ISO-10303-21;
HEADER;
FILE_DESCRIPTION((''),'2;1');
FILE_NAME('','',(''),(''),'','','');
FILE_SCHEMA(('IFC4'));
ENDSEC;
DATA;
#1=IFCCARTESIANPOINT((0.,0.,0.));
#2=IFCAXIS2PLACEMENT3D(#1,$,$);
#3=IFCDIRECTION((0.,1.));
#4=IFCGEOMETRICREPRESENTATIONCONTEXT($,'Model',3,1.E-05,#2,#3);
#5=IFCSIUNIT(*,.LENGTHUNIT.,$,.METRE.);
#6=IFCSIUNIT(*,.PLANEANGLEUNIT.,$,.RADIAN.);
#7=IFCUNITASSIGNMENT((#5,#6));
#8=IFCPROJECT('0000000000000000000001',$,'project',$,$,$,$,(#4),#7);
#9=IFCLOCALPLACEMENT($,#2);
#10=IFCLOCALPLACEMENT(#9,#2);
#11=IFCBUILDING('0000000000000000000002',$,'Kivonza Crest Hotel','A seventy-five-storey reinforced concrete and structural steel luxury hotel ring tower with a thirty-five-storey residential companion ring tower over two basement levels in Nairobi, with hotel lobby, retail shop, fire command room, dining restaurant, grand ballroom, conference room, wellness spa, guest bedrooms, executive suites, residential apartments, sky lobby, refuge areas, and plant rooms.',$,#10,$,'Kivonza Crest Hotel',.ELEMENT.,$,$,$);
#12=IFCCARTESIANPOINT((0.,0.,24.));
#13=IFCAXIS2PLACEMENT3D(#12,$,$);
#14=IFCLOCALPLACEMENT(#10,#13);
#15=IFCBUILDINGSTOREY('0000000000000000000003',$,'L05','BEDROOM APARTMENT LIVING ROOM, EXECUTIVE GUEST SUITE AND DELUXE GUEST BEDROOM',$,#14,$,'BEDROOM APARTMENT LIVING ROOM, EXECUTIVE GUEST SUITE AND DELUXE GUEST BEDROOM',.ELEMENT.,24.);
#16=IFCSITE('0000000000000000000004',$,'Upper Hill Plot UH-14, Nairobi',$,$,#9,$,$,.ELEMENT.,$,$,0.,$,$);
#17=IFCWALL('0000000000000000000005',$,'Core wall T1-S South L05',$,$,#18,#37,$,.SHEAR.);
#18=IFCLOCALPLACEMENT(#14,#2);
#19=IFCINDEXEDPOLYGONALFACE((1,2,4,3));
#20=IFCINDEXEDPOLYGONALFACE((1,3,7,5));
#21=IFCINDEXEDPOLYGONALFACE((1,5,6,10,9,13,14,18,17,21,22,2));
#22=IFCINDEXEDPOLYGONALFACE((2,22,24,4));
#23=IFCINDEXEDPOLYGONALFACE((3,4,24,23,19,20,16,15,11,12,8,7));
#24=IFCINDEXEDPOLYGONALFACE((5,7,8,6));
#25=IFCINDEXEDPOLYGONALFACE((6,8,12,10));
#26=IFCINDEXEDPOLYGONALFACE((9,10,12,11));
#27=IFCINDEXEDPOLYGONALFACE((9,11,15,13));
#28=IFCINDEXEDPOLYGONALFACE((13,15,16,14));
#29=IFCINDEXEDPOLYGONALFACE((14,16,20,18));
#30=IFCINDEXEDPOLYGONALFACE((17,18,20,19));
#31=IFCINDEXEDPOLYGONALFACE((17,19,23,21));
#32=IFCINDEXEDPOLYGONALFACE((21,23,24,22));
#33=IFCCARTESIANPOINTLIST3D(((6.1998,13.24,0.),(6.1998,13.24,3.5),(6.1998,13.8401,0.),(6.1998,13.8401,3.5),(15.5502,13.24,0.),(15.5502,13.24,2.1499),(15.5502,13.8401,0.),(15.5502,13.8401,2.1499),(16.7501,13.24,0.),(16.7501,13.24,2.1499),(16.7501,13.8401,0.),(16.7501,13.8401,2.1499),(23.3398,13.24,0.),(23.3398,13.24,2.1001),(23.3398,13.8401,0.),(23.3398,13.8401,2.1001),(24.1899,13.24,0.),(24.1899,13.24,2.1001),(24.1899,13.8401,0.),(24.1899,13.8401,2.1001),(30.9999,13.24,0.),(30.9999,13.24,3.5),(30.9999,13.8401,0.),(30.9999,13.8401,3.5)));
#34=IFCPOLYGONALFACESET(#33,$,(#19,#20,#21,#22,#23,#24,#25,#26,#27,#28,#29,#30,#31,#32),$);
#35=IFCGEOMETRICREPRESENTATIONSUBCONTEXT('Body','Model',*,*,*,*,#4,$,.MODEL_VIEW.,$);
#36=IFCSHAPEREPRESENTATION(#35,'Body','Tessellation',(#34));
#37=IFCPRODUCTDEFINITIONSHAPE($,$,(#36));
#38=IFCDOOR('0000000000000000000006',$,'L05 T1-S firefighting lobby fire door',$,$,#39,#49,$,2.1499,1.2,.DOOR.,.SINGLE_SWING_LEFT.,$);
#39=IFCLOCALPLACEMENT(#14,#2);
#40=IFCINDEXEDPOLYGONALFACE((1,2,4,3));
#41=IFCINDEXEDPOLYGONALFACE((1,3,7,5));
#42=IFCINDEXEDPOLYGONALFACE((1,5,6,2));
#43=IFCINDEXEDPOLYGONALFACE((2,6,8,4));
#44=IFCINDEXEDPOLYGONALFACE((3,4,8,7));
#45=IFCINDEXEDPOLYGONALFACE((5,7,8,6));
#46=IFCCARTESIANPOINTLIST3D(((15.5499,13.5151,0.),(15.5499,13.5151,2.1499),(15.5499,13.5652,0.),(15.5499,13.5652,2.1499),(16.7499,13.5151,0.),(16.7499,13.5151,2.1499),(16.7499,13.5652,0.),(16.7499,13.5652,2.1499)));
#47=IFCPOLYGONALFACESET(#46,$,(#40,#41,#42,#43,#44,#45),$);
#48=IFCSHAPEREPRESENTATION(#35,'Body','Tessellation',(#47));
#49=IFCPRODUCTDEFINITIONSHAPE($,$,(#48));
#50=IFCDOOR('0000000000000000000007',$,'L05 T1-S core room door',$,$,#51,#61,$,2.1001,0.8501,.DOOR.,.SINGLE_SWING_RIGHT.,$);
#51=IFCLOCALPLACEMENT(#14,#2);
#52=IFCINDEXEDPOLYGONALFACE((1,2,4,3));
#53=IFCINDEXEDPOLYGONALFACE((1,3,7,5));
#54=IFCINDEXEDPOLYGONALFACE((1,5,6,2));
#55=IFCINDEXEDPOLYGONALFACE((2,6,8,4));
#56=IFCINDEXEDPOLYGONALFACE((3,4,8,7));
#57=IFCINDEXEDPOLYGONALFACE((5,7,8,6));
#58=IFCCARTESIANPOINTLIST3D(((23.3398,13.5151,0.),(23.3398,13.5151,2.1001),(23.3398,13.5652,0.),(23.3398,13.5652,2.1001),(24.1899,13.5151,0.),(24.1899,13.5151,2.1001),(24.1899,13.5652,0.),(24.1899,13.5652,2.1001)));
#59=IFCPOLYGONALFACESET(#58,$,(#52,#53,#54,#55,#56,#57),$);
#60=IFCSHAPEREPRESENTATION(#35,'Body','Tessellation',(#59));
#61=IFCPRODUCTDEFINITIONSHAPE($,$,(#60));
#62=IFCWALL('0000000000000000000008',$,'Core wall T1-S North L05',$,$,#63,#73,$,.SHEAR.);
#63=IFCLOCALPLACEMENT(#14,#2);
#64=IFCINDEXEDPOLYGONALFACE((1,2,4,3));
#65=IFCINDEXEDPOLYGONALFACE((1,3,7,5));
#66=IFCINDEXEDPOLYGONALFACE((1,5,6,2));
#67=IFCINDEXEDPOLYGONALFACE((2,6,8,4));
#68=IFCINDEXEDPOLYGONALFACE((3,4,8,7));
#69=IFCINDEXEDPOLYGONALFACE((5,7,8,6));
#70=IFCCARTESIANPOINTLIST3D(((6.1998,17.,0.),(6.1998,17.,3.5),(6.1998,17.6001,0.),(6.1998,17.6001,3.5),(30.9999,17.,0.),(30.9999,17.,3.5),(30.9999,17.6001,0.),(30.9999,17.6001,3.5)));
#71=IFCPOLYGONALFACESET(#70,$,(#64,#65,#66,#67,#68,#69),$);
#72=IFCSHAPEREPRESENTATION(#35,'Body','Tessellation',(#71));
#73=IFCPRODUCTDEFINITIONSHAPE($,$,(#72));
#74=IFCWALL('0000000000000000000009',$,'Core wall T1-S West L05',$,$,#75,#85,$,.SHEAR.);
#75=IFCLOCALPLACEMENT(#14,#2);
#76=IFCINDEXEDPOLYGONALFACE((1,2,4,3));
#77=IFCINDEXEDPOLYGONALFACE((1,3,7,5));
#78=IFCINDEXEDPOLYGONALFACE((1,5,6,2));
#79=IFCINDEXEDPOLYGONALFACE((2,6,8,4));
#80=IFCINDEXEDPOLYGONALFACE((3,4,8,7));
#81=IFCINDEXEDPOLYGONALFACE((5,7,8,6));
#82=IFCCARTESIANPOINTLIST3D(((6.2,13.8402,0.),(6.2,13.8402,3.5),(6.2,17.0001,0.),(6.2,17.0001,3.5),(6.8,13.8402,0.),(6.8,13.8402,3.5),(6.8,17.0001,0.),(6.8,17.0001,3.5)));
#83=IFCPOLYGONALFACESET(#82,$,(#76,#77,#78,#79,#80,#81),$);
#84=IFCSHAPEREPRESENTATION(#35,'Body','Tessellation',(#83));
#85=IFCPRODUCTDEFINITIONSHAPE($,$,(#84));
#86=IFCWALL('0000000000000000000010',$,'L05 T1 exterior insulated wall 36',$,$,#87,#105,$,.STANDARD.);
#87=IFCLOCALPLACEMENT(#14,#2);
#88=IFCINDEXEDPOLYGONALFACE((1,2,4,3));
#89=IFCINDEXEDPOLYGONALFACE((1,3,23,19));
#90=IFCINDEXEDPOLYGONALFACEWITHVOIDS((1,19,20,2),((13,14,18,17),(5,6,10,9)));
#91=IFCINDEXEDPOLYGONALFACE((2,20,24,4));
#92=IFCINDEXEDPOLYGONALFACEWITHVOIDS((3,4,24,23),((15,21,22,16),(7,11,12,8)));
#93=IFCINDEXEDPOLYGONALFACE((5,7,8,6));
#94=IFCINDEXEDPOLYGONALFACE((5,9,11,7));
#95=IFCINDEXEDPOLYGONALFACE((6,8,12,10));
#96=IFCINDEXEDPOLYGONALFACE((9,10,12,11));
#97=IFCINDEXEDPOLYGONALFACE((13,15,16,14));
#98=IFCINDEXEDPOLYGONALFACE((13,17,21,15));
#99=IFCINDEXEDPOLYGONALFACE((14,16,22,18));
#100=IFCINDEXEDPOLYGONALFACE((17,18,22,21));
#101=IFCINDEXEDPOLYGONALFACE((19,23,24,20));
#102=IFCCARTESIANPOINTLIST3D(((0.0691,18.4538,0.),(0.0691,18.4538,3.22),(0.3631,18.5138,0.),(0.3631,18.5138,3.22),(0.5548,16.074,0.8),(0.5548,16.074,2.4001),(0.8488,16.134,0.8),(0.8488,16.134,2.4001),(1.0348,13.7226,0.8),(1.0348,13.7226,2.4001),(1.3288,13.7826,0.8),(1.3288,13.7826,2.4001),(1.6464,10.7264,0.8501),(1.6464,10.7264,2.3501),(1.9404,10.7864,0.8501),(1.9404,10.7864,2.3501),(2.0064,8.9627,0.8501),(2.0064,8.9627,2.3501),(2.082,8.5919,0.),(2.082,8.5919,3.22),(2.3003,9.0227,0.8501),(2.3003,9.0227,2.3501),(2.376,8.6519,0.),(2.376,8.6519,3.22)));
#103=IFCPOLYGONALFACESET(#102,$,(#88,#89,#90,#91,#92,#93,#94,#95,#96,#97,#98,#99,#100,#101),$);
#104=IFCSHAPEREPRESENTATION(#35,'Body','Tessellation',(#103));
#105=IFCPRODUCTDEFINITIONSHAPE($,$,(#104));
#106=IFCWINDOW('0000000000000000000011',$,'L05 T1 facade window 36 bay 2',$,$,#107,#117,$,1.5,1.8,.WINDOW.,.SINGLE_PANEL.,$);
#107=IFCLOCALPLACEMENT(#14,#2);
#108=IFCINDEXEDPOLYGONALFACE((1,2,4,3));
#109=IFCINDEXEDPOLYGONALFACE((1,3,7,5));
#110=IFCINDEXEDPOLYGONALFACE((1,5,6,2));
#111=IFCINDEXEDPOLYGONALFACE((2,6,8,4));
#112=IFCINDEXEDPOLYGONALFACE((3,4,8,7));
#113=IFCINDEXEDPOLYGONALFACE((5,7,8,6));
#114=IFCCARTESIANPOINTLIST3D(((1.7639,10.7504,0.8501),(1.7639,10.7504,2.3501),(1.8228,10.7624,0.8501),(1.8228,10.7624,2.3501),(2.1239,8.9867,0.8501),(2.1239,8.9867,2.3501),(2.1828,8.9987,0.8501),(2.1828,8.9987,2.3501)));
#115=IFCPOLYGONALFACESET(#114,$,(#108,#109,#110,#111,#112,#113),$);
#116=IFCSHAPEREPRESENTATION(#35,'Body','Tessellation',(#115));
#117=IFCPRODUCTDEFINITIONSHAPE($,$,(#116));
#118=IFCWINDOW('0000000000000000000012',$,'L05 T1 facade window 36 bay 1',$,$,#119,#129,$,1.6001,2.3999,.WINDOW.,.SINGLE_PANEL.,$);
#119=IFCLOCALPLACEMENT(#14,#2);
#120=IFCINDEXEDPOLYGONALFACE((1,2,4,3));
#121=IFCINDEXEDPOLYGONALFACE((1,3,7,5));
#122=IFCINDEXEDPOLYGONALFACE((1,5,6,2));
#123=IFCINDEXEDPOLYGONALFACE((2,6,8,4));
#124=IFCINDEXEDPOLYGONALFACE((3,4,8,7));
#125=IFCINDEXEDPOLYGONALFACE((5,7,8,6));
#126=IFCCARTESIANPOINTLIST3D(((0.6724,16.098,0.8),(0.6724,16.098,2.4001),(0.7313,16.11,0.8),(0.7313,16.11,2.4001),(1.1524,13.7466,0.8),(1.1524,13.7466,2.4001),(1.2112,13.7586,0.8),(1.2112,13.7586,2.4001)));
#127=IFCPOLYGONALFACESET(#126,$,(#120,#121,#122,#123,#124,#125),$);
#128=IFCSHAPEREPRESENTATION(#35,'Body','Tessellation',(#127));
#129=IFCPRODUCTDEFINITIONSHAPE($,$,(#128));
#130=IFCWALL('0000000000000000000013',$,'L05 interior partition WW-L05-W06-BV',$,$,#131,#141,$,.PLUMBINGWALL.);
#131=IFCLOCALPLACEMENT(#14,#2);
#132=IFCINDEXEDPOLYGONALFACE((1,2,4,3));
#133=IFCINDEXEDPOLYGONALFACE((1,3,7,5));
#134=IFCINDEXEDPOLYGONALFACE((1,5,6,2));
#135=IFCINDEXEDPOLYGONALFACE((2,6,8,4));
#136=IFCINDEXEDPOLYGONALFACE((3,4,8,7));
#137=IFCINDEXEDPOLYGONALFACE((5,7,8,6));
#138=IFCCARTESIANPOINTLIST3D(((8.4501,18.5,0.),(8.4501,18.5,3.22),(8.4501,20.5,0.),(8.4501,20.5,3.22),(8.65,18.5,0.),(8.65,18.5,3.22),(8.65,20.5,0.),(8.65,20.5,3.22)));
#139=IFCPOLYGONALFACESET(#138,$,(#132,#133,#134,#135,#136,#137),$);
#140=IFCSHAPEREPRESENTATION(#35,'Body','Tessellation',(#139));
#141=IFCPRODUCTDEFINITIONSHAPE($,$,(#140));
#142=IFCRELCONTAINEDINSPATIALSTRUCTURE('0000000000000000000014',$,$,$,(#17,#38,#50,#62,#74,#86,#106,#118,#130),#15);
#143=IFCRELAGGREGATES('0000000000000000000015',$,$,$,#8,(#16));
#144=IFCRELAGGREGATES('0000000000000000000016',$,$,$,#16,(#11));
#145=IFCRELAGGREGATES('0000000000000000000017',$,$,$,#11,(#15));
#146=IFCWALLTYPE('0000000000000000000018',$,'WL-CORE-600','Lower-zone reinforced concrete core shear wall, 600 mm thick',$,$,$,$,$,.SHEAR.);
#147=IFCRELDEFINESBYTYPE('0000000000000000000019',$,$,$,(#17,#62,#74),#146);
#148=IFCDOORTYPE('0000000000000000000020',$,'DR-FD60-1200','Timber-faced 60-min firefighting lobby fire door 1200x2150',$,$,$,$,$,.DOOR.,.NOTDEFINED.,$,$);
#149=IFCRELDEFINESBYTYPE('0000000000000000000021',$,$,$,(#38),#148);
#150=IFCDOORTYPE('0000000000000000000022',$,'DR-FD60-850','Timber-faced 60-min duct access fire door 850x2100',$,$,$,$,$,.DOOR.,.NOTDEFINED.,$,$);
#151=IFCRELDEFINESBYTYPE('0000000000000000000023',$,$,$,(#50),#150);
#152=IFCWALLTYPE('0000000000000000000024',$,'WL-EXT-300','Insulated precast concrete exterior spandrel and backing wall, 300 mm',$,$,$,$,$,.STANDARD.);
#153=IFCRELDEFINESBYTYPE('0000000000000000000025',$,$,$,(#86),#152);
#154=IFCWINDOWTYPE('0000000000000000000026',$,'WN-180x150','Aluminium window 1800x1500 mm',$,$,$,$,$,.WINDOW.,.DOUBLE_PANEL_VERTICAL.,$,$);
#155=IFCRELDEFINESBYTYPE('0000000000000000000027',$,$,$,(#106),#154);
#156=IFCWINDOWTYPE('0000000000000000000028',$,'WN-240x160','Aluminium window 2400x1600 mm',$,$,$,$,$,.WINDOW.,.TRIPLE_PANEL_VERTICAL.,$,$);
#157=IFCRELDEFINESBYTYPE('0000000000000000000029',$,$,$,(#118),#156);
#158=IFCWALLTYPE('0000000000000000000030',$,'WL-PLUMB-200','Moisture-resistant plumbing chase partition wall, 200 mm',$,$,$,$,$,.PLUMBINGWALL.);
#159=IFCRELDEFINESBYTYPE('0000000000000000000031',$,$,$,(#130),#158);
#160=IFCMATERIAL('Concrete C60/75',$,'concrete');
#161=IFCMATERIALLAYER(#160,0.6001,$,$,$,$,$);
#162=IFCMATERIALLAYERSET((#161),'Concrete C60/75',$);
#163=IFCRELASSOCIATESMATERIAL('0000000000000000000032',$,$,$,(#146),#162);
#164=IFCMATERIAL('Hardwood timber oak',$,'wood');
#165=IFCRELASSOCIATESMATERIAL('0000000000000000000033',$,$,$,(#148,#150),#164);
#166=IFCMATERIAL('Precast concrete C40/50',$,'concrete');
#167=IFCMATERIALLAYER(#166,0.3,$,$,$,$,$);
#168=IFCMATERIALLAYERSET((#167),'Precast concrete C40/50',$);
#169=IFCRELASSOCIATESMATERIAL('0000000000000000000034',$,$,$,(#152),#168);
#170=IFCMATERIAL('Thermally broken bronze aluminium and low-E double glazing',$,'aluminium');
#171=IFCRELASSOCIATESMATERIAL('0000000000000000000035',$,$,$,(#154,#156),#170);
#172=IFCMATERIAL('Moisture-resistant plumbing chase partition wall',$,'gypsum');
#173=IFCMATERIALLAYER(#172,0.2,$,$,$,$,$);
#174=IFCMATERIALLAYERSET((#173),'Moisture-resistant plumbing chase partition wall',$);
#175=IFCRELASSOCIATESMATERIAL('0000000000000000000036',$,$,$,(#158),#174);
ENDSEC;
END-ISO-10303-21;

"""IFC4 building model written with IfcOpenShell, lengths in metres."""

from ifc_helpers import new_model, si_unit, direction, frame, frame_2d, origin, place, context, subcontext, project, spatial, rectangle, extrude, material, layer, layer_set, type_object, element, fill, save


model = new_model("IFC4")

# Units and contexts
model_context = context("Model", 3, precision=1e-05, world=origin(), true_north=direction((0.0, 1.0)))
body_context = subcontext(model_context, "Body", "Model", "MODEL_VIEW")
ifc_project = project(units=[si_unit("LENGTHUNIT", "METRE"), si_unit("PLANEANGLEUNIT", "RADIAN")], contexts=[model_context])

# Site, building, storey
site_placement = place(None, origin())
site = spatial("IfcSite", under=ifc_project, at=site_placement, Name="Upper Hill Plot UH-14, Nairobi", CompositionType="ELEMENT", RefElevation=0.0)
building_placement = place(site_placement, origin())
building = spatial("IfcBuilding", under=site, at=building_placement, Name="Kivonza Crest Hotel", Description="A seventy-five-storey reinforced concrete and structural steel luxury hotel ring tower with a thirty-five-storey residential companion ring tower over two basement levels in Nairobi, with hotel lobby, retail shop, fire command room, dining restaurant, grand ballroom, conference room, wellness spa, guest bedrooms, executive suites, residential apartments, sky lobby, refuge areas, and plant rooms.", LongName="Kivonza Crest Hotel", CompositionType="ELEMENT")
storey_placement = place(building_placement, frame((0.0, 0.0, 24.0)))
storey = spatial("IfcBuildingStorey", under=building, at=storey_placement, Name="L05", Description="BEDROOM APARTMENT LIVING ROOM, EXECUTIVE GUEST SUITE AND DELUXE GUEST BEDROOM", LongName="BEDROOM APARTMENT LIVING ROOM, EXECUTIVE GUEST SUITE AND DELUXE GUEST BEDROOM", CompositionType="ELEMENT", Elevation=24.0)

# Shared definitions
ifc_material_1 = material(Name="Concrete C60/75", Category="concrete")

# Wall, openings, doors
ifc_layer_1 = layer(ifc_material_1, 0.6001)
ifc_layer_set_1 = layer_set([ifc_layer_1], Name="Concrete C60/75")
wall_type_1 = type_object("IfcWallType", Name="WL-CORE-600", Description="Lower-zone reinforced concrete core shear wall, 600 mm thick", PredefinedType="SHEAR", material=ifc_layer_set_1)
wall_1_placement = place(storey_placement, frame((6.2, 13.54, 0.0), z_axis=(0.0, 0.0, 1.0), x_axis=(1.0, 0.0, 0.0)))
wall_1 = element("IfcWall", 1, at=wall_1_placement, inside=storey, type_object=wall_type_1, Name="Core wall T1-S South L05", PredefinedType="SHEAR", context=body_context, shape_type="SweptSolid", body=[
    extrude(rectangle(XDim=24.8, YDim=0.6001, at=frame_2d((12.3999, 0.0))), origin(), (0.0, 0.0, 1.0), 3.5),
])
opening_1_placement = place(wall_1_placement, frame((9.3501, 0.0, 0.0)))
opening_1 = element("IfcOpeningElement", 2, at=opening_1_placement, cuts=wall_1, PredefinedType="OPENING", context=body_context, shape_type="SweptSolid", body=[
    extrude(rectangle(XDim=1.2, YDim=2.1499, at=frame_2d((0.6001, 1.075))), frame((0.0, 0.3101, 0.0), z_axis=(0.0, -1.0, 0.0), x_axis=(1.0, 0.0, 0.0)), (0.0, 0.0, 1.0), 0.6201),
])
opening_2_placement = place(wall_1_placement, frame((17.1399, 0.0, 0.0)))
opening_2 = element("IfcOpeningElement", 3, at=opening_2_placement, cuts=wall_1, PredefinedType="OPENING", context=body_context, shape_type="SweptSolid", body=[
    extrude(rectangle(XDim=0.8501, YDim=2.1001, at=frame_2d((0.425, 1.05))), frame((0.0, 0.3101, 0.0), z_axis=(0.0, -1.0, 0.0), x_axis=(1.0, 0.0, 0.0)), (0.0, 0.0, 1.0), 0.6201),
])
ifc_material_2 = material(Name="Hardwood timber oak", Category="wood")
door_type_1 = type_object("IfcDoorType", Name="DR-FD60-1200", Description="Timber-faced 60-min firefighting lobby fire door 1200x2150", OperationType="NOTDEFINED", PredefinedType="DOOR", material=ifc_material_2)
door_1_placement = place(opening_1_placement, frame((1.2, 0.0, 0.0), z_axis=(0.0, 0.0, 1.0), x_axis=(-1.0, 0.0, 0.0)))
door_1 = element("IfcDoor", 4, at=door_1_placement, inside=storey, type_object=door_type_1, Name="L05 T1-S firefighting lobby fire door", OperationType="SINGLE_SWING_LEFT", OverallHeight=2.1499, OverallWidth=1.2, PredefinedType="DOOR", context=body_context, shape_type="SweptSolid", body=[
    extrude(rectangle(XDim=1.2, YDim=2.1499, at=frame_2d((0.6001, 1.075))), frame((0.0, 0.0249, 0.0), z_axis=(0.0, -1.0, 0.0), x_axis=(1.0, 0.0, 0.0)), (0.0, 0.0, 1.0), 0.05),
])
fill(opening_1, door_1)
door_type_2 = type_object("IfcDoorType", Name="DR-FD60-850", Description="Timber-faced 60-min duct access fire door 850x2100", OperationType="NOTDEFINED", PredefinedType="DOOR", material=ifc_material_2)
door_2_placement = place(opening_2_placement, frame((0.8501, 0.0, 0.0), z_axis=(0.0, 0.0, 1.0), x_axis=(-1.0, 0.0, 0.0)))
door_2 = element("IfcDoor", 5, at=door_2_placement, inside=storey, type_object=door_type_2, Name="L05 T1-S core room door", OperationType="SINGLE_SWING_RIGHT", OverallHeight=2.1001, OverallWidth=0.8501, PredefinedType="DOOR", context=body_context, shape_type="SweptSolid", body=[
    extrude(rectangle(XDim=0.8501, YDim=2.1001, at=frame_2d((0.425, 1.05))), frame((0.0, 0.0249, 0.0), z_axis=(0.0, -1.0, 0.0), x_axis=(1.0, 0.0, 0.0)), (0.0, 0.0, 1.0), 0.05),
])
fill(opening_2, door_2)

# Walls
wall_2_placement = place(storey_placement, frame((6.2, 17.3, 0.0), z_axis=(0.0, 0.0, 1.0), x_axis=(1.0, 0.0, 0.0)))
element("IfcWall", 6, at=wall_2_placement, inside=storey, type_object=wall_type_1, Name="Core wall T1-S North L05", PredefinedType="SHEAR", context=body_context, shape_type="SweptSolid", body=[
    extrude(rectangle(XDim=24.8, YDim=0.6001, at=frame_2d((12.3999, 0.0))), origin(), (0.0, 0.0, 1.0), 3.5),
])
wall_3_placement = place(storey_placement, frame((6.5, 13.8401, 0.0), z_axis=(0.0, 0.0, 1.0), x_axis=(0.0, 1.0, 0.0)))
element("IfcWall", 7, at=wall_3_placement, inside=storey, type_object=wall_type_1, Name="Core wall T1-S West L05", PredefinedType="SHEAR", context=body_context, shape_type="SweptSolid", body=[
    extrude(rectangle(XDim=3.1599, YDim=0.6001, at=frame_2d((1.5801, 0.0))), origin(), (0.0, 0.0, 1.0), 3.5),
])

# Wall, openings, windows
ifc_material_3 = material(Name="Precast concrete C40/50", Category="concrete")
ifc_layer_2 = layer(ifc_material_3, 0.3)
ifc_layer_set_2 = layer_set([ifc_layer_2], Name="Precast concrete C40/50")
wall_type_2 = type_object("IfcWallType", Name="WL-EXT-300", Description="Insulated precast concrete exterior spandrel and backing wall, 300 mm", PredefinedType="STANDARD", material=ifc_layer_set_2)
wall_4_placement = place(storey_placement, frame((0.2161, 18.4839, 0.0), z_axis=(0.0, 0.0, 1.0), x_axis=(0.199991, -0.979798, 0.0)))
wall_4 = element("IfcWall", 8, at=wall_4_placement, inside=storey, type_object=wall_type_2, Name="L05 T1 exterior insulated wall 36", PredefinedType="STANDARD", context=body_context, shape_type="SweptSolid", body=[
    extrude(rectangle(XDim=10.0652, YDim=0.3, at=frame_2d((5.0327, 0.0))), origin(), (0.0, 0.0, 1.0), 3.22),
])
opening_3_placement = place(wall_4_placement, frame((2.429, 0.0, 0.8)))
opening_3 = element("IfcOpeningElement", 9, at=opening_3_placement, cuts=wall_4, PredefinedType="OPENING", context=body_context, shape_type="SweptSolid", body=[
    extrude(rectangle(XDim=2.3999, YDim=1.6001, at=frame_2d((1.2, 0.8))), frame((0.0, 0.1602, 0.0), z_axis=(0.0, -1.0, 0.0), x_axis=(1.0, 0.0, 0.0)), (0.0, 0.0, 1.0), 0.3201),
])
opening_4_placement = place(wall_4_placement, frame((7.887, 0.0, 0.8501)))
opening_4 = element("IfcOpeningElement", 10, at=opening_4_placement, cuts=wall_4, PredefinedType="OPENING", context=body_context, shape_type="SweptSolid", body=[
    extrude(rectangle(XDim=1.8, YDim=1.5, at=frame_2d((0.8999, 0.75))), frame((0.0, 0.1602, 0.0), z_axis=(0.0, -1.0, 0.0), x_axis=(1.0, 0.0, 0.0)), (0.0, 0.0, 1.0), 0.3201),
])
ifc_material_4 = material(Name="Thermally broken bronze aluminium and low-E double glazing", Category="aluminium")
window_type_1 = type_object("IfcWindowType", Name="WN-180x150", Description="Aluminium window 1800x1500 mm", PartitioningType="DOUBLE_PANEL_VERTICAL", PredefinedType="WINDOW", material=ifc_material_4)
window_1_placement = place(opening_4_placement, origin())
window_1 = element("IfcWindow", 11, at=window_1_placement, inside=storey, type_object=window_type_1, Name="L05 T1 facade window 36 bay 2", OverallHeight=1.5, OverallWidth=1.8, PartitioningType="SINGLE_PANEL", PredefinedType="WINDOW", context=body_context, shape_type="SweptSolid", body=[
    extrude(rectangle(XDim=1.8, YDim=1.5, at=frame_2d((0.8999, 0.75))), frame((0.0, 0.03, 0.0), z_axis=(0.0, -1.0, 0.0), x_axis=(1.0, 0.0, 0.0)), (0.0, 0.0, 1.0), 0.0601),
])
fill(opening_4, window_1)
window_type_2 = type_object("IfcWindowType", Name="WN-240x160", Description="Aluminium window 2400x1600 mm", PartitioningType="TRIPLE_PANEL_VERTICAL", PredefinedType="WINDOW", material=ifc_material_4)
window_2_placement = place(opening_3_placement, origin())
window_2 = element("IfcWindow", 12, at=window_2_placement, inside=storey, type_object=window_type_2, Name="L05 T1 facade window 36 bay 1", OverallHeight=1.6001, OverallWidth=2.3999, PartitioningType="SINGLE_PANEL", PredefinedType="WINDOW", context=body_context, shape_type="SweptSolid", body=[
    extrude(rectangle(XDim=2.3999, YDim=1.6001, at=frame_2d((1.2, 0.8))), frame((0.0, 0.03, 0.0), z_axis=(0.0, -1.0, 0.0), x_axis=(1.0, 0.0, 0.0)), (0.0, 0.0, 1.0), 0.0601),
])
fill(opening_3, window_2)

# Wall
ifc_material_5 = material(Name="Moisture-resistant plumbing chase partition wall", Category="gypsum")
ifc_layer_3 = layer(ifc_material_5, 0.2)
ifc_layer_set_3 = layer_set([ifc_layer_3], Name="Moisture-resistant plumbing chase partition wall")
wall_type_3 = type_object("IfcWallType", Name="WL-PLUMB-200", Description="Moisture-resistant plumbing chase partition wall, 200 mm", PredefinedType="PLUMBINGWALL", material=ifc_layer_set_3)
wall_5_placement = place(storey_placement, frame((8.55, 18.5, 0.0), z_axis=(0.0, 0.0, 1.0), x_axis=(0.0, 1.0, 0.0)))
element("IfcWall", 13, at=wall_5_placement, inside=storey, type_object=wall_type_3, Name="L05 interior partition WW-L05-W06-BV", PredefinedType="PLUMBINGWALL", context=body_context, shape_type="SweptSolid", body=[
    extrude(rectangle(XDim=2.0, YDim=0.2, at=frame_2d((1.0, 0.0))), origin(), (0.0, 0.0, 1.0), 3.22),
])

save(model, "model.ifc")
